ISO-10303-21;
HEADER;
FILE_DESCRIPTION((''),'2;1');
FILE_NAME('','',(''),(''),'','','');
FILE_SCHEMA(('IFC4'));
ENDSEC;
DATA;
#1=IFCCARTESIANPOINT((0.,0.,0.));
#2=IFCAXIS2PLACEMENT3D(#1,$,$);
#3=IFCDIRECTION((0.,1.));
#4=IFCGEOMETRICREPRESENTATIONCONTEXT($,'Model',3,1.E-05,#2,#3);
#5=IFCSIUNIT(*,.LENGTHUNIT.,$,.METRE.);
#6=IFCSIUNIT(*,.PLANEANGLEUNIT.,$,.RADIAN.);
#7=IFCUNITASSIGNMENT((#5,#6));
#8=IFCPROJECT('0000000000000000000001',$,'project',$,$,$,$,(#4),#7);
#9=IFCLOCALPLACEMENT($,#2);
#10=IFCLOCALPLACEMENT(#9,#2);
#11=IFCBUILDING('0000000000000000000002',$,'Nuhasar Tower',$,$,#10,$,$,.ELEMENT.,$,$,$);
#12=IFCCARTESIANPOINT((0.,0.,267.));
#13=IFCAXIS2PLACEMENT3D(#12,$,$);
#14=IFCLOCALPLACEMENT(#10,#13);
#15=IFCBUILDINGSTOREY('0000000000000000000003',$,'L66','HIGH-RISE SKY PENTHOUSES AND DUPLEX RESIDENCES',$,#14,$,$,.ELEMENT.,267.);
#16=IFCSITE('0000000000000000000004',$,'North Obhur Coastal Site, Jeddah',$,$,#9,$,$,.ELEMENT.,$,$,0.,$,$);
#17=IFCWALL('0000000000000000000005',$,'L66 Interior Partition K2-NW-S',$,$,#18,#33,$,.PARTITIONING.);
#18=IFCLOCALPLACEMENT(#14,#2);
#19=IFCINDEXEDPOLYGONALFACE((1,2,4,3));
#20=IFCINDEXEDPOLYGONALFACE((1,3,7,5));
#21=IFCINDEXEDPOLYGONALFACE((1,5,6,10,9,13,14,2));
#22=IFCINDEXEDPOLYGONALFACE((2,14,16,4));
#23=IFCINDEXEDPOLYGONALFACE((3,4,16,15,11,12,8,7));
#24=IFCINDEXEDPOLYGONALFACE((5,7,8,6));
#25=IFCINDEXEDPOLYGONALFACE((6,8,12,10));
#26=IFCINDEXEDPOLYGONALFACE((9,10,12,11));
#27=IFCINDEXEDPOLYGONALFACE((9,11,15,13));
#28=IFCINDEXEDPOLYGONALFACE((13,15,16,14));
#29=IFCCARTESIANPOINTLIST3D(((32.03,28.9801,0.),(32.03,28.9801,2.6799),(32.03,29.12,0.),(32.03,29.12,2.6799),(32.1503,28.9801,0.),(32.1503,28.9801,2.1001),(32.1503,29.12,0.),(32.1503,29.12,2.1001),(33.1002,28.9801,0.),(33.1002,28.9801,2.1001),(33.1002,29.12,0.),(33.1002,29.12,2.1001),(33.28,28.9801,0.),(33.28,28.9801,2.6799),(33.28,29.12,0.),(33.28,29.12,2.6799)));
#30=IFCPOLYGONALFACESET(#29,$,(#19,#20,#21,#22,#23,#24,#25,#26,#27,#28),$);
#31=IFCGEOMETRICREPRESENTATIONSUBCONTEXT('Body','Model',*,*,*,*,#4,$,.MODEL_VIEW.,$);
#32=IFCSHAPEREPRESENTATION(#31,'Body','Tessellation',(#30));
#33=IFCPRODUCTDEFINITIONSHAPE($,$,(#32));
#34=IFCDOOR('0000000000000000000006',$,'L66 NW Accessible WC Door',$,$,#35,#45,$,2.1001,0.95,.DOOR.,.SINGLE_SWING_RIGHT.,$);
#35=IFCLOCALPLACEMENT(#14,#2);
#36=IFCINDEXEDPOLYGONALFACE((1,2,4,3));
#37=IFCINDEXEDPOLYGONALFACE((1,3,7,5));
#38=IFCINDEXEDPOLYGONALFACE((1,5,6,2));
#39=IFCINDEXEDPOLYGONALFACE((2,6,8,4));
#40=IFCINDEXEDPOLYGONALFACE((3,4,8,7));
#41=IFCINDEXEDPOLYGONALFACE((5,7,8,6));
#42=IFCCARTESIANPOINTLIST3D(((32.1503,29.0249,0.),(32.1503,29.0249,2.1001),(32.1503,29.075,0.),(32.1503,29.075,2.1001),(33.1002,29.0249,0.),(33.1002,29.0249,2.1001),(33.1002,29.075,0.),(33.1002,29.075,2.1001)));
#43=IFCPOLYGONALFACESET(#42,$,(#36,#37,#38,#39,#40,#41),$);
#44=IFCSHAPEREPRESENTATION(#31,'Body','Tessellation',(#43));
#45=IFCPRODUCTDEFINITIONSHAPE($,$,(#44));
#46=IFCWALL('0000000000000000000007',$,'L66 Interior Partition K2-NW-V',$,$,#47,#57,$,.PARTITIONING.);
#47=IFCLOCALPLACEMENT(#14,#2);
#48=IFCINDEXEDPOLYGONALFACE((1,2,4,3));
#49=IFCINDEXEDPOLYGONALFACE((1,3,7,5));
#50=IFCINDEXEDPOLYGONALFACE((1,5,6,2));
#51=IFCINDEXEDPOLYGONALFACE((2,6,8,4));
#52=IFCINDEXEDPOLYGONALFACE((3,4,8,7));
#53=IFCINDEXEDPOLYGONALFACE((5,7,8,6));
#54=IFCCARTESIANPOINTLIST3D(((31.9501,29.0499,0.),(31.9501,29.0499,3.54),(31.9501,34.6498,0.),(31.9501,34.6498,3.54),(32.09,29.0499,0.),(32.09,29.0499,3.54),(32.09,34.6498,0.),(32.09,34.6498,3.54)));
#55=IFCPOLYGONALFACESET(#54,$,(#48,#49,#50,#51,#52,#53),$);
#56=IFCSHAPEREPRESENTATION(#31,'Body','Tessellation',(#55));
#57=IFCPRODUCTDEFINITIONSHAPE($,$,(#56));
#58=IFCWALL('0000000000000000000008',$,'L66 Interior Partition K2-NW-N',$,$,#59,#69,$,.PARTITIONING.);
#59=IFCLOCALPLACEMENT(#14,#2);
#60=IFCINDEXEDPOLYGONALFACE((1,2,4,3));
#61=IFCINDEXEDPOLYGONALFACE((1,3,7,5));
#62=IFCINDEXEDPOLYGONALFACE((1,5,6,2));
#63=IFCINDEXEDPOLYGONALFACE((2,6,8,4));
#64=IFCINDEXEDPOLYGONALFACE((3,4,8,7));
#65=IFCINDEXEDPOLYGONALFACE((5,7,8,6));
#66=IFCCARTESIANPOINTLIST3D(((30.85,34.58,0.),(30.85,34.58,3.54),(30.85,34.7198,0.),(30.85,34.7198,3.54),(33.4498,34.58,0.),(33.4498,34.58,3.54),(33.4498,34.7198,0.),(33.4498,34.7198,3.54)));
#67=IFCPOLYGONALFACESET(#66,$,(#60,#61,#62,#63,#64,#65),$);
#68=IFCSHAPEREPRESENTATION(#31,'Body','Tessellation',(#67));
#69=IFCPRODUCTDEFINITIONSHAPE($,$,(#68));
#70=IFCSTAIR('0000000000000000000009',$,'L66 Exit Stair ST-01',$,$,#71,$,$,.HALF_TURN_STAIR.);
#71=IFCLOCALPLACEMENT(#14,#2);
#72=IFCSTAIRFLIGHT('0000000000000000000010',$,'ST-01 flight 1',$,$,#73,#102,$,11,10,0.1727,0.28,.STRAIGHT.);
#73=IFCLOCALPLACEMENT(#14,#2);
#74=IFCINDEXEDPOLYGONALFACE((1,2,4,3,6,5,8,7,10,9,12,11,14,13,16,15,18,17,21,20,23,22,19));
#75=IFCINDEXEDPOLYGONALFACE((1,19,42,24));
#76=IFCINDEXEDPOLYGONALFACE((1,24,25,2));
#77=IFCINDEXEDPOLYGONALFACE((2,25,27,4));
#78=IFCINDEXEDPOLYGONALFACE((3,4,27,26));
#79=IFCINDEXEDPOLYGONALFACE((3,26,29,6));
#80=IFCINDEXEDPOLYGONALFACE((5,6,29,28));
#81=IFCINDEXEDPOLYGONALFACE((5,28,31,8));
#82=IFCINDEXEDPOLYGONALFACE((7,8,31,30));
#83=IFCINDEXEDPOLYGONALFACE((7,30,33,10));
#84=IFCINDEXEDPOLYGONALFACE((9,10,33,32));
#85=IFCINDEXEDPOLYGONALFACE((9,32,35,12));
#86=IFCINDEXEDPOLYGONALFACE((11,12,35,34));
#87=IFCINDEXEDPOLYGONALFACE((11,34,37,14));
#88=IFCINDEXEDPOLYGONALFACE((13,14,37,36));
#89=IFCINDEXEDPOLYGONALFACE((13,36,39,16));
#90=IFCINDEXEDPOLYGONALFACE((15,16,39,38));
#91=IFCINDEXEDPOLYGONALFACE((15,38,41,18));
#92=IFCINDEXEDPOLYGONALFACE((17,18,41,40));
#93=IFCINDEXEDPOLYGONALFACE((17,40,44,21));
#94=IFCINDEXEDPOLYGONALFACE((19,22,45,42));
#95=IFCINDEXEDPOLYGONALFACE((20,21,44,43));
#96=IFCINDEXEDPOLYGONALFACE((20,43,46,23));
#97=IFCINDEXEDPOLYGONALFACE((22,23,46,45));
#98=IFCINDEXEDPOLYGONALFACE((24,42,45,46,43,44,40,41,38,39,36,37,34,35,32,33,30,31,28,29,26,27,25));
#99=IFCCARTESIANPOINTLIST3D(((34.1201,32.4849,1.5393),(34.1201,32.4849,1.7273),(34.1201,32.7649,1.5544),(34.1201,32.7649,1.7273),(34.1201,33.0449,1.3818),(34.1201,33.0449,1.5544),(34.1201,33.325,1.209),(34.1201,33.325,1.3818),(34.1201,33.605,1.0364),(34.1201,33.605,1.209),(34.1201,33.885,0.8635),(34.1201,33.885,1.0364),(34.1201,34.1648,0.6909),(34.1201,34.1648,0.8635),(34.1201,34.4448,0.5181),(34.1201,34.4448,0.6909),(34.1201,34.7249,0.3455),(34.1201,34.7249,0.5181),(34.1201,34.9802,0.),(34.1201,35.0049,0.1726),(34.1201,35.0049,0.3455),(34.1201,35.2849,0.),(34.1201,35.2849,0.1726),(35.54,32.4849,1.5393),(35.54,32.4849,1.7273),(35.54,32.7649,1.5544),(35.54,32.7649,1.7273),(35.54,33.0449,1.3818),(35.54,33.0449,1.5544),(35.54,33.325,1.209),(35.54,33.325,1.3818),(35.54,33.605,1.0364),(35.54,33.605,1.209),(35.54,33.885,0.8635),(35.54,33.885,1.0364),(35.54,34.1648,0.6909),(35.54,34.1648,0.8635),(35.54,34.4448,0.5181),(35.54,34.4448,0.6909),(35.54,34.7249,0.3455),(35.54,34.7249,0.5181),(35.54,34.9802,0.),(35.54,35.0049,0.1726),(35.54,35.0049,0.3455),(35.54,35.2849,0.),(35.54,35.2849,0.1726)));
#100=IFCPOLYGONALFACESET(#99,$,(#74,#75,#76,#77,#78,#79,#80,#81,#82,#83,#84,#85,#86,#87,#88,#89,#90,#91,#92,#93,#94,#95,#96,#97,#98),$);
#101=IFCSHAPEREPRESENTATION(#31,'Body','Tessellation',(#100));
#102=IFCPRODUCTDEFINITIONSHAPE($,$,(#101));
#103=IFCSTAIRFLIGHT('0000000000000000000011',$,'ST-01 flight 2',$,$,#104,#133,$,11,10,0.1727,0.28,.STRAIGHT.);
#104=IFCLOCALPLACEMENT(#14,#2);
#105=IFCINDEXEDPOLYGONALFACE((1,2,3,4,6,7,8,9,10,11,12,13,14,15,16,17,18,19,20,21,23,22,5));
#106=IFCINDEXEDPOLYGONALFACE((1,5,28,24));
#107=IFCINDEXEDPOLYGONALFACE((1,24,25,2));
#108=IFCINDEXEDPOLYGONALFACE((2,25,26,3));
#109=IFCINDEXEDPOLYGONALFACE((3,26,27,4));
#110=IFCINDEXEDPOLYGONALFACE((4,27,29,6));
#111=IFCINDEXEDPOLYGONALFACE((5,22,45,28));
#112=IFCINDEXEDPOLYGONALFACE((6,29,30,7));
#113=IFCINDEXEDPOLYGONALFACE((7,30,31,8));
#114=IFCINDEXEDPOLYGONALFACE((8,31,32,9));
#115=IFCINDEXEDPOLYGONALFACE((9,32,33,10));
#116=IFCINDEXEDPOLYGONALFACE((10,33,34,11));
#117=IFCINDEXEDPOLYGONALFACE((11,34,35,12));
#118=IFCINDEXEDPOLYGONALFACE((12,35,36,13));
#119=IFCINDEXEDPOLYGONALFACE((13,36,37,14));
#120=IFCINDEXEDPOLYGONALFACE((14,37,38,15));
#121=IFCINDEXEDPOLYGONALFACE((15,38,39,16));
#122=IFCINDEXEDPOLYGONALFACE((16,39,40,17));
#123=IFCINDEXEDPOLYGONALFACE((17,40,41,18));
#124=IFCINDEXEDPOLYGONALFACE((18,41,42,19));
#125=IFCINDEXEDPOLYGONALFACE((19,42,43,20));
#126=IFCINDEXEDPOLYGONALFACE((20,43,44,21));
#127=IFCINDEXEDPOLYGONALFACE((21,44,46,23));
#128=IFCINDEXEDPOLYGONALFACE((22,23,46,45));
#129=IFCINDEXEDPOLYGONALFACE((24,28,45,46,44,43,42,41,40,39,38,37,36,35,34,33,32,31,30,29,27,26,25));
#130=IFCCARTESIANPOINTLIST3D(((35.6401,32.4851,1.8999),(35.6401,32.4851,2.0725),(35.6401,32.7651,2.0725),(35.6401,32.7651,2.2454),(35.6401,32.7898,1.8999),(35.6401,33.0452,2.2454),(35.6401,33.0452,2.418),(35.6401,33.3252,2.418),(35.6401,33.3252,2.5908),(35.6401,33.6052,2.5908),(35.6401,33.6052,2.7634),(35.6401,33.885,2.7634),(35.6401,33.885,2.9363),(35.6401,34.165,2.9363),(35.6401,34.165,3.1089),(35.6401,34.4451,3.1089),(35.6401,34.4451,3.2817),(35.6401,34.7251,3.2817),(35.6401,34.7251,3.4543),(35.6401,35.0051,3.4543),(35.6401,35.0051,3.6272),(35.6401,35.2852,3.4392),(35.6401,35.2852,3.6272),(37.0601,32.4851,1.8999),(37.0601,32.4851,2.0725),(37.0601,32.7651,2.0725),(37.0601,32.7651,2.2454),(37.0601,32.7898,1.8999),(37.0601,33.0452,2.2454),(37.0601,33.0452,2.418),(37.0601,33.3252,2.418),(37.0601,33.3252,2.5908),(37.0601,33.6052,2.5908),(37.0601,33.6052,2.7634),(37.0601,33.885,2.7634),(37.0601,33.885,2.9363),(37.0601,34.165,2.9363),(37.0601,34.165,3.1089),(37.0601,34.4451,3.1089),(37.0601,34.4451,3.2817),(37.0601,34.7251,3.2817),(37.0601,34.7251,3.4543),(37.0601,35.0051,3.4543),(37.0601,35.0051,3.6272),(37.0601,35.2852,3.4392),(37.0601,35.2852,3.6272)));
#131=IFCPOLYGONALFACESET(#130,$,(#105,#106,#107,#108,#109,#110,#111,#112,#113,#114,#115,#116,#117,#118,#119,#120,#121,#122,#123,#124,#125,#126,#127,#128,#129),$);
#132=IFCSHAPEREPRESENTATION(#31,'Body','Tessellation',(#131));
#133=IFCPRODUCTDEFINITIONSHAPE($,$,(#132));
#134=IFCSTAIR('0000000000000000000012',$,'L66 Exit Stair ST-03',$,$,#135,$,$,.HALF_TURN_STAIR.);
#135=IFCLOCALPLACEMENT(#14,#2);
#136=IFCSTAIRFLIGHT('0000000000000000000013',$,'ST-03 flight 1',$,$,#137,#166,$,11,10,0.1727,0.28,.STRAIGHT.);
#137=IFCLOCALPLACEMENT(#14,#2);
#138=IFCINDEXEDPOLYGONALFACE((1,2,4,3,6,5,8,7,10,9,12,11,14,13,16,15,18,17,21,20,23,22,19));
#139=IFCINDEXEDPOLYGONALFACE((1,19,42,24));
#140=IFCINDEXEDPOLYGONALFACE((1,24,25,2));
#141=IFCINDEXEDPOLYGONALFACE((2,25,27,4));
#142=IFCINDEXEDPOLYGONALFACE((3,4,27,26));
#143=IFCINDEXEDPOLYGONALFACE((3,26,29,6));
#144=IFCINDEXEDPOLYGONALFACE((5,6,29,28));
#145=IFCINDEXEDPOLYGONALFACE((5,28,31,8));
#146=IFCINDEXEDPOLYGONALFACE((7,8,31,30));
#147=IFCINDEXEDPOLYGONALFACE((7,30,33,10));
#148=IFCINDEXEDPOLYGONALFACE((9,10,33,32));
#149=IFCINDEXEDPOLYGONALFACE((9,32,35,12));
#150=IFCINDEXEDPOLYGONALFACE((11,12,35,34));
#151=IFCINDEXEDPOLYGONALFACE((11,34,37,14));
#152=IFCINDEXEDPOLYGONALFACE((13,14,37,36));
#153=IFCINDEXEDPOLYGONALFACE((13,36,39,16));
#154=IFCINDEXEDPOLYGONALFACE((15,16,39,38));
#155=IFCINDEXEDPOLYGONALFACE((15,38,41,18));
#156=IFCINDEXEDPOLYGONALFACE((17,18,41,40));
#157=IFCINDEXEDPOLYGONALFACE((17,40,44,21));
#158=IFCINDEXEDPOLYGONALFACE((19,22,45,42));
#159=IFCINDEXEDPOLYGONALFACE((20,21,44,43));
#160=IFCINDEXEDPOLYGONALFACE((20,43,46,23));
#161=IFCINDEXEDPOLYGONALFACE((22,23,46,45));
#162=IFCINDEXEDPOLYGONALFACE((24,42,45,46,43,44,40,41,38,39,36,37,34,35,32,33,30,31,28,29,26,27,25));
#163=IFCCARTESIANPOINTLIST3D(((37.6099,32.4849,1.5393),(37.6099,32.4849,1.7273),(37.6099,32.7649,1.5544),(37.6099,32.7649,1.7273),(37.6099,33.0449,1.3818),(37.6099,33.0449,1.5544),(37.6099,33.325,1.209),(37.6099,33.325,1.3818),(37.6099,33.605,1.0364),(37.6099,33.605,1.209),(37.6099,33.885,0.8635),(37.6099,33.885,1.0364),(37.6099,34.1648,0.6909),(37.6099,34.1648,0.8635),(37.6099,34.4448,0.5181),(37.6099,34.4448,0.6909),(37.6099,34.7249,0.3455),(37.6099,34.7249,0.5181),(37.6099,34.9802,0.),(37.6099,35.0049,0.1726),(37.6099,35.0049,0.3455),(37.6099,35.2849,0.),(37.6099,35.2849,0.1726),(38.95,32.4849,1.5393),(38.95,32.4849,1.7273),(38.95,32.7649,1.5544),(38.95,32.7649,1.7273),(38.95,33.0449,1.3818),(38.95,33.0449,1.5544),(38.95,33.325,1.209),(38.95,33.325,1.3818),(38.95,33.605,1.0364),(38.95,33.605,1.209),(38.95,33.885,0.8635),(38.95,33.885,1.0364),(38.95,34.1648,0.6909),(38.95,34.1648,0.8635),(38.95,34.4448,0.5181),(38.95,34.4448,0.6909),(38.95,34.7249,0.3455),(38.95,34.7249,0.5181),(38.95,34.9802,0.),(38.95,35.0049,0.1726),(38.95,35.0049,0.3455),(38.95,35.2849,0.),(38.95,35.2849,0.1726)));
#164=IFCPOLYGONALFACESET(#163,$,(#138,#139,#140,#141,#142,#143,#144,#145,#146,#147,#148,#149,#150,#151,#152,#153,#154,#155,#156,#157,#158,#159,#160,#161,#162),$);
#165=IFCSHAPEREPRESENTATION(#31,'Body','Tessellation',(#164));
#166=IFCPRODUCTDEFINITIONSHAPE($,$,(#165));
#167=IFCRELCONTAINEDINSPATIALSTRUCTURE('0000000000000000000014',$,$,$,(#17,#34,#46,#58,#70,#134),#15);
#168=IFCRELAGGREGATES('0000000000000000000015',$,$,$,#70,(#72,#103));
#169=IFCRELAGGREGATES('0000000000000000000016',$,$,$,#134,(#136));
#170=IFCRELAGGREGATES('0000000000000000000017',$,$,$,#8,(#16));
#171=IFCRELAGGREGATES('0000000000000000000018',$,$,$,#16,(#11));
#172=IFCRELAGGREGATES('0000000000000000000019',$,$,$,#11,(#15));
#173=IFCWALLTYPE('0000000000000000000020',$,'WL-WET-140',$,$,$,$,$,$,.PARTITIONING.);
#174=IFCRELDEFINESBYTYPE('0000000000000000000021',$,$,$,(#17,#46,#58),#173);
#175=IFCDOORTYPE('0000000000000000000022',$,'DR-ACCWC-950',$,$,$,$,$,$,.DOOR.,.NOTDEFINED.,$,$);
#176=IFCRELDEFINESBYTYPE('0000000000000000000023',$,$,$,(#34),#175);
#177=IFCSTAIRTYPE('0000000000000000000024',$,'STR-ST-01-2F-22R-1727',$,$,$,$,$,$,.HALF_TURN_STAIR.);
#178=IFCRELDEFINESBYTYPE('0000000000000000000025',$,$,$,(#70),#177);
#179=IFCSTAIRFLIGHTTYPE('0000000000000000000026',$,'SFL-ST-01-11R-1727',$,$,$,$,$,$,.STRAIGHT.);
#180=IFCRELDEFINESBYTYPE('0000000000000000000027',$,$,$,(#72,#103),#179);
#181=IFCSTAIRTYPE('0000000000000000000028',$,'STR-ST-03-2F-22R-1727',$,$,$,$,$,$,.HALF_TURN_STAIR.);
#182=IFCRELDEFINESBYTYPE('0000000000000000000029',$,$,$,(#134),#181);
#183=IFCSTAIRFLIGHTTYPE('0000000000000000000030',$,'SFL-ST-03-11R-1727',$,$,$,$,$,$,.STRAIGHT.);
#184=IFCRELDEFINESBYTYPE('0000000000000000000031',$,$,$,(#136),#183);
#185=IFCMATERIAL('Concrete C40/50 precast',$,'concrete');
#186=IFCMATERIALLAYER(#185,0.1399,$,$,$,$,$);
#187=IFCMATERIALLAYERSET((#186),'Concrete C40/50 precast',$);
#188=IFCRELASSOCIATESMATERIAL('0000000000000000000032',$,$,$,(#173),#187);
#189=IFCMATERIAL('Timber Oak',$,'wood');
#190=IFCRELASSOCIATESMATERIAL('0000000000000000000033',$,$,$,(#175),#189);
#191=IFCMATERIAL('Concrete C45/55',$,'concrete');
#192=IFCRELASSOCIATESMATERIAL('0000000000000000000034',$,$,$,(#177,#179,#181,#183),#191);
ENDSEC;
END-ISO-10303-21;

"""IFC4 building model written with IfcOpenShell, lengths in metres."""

from ifc_helpers import new_model, si_unit, direction, frame, frame_2d, origin, place, context, subcontext, project, spatial, polyline, rectangle, outline, extrude, material, layer, layer_set, type_object, element, fill, aggregate, save


model = new_model("IFC4")

# Units and contexts
model_context = context("Model", 3, precision=1e-05, world=origin(), true_north=direction((0.0, 1.0)))
body_context = subcontext(model_context, "Body", "Model", "MODEL_VIEW")
ifc_project = project(units=[si_unit("LENGTHUNIT", "METRE"), si_unit("PLANEANGLEUNIT", "RADIAN")], contexts=[model_context])

# Site, building, storey
site_placement = place(None, origin())
site = spatial("IfcSite", under=ifc_project, at=site_placement, Name="North Obhur Coastal Site, Jeddah", CompositionType="ELEMENT", RefElevation=0.0)
building_placement = place(site_placement, origin())
building = spatial("IfcBuilding", under=site, at=building_placement, Name="Nuhasar Tower", CompositionType="ELEMENT")
storey_placement = place(building_placement, frame((0.0, 0.0, 267.0)))
storey = spatial("IfcBuildingStorey", under=building, at=storey_placement, Name="L66", Description="HIGH-RISE SKY PENTHOUSES AND DUPLEX RESIDENCES", CompositionType="ELEMENT", Elevation=267.0)

# Shared definitions
ifc_material_1 = material(Name="Concrete C40/50 precast", Category="concrete")
ifc_layer_1 = layer(ifc_material_1, 0.1399)
ifc_layer_set_1 = layer_set([ifc_layer_1], Name="Concrete C40/50 precast")
wall_type_1 = type_object("IfcWallType", Name="WL-WET-140", PredefinedType="PARTITIONING", material=ifc_layer_set_1)

# Wall, opening, door
wall_1_placement = place(storey_placement, frame((32.03, 29.05, 0.0), z_axis=(0.0, 0.0, 1.0), x_axis=(1.0, 0.0, 0.0)))
wall_1 = element("IfcWall", 1, at=wall_1_placement, inside=storey, type_object=wall_type_1, Name="L66 Interior Partition K2-NW-S", PredefinedType="PARTITIONING", context=body_context, shape_type="SweptSolid", body=[
    extrude(rectangle(XDim=1.25, YDim=0.1399, at=frame_2d((0.625, 0.0))), origin(), (0.0, 0.0, 1.0), 2.6799),
])
opening_placement = place(wall_1_placement, frame((0.1201, 0.0, 0.0)))
opening = element("IfcOpeningElement", 2, at=opening_placement, cuts=wall_1, PredefinedType="OPENING", context=body_context, shape_type="SweptSolid", body=[
    extrude(rectangle(XDim=0.95, YDim=2.1001, at=frame_2d((0.4751, 1.05))), frame((0.0, 0.0801, 0.0), z_axis=(0.0, -1.0, 0.0), x_axis=(1.0, 0.0, 0.0)), (0.0, 0.0, 1.0), 0.1599),
])
ifc_material_2 = material(Name="Timber Oak", Category="wood")
door_type = type_object("IfcDoorType", Name="DR-ACCWC-950", OperationType="NOTDEFINED", PredefinedType="DOOR", material=ifc_material_2)
door_placement = place(opening_placement, origin())
door = element("IfcDoor", 3, at=door_placement, inside=storey, type_object=door_type, Name="L66 NW Accessible WC Door", OperationType="SINGLE_SWING_RIGHT", OverallHeight=2.1001, OverallWidth=0.95, PredefinedType="DOOR", context=body_context, shape_type="SweptSolid", body=[
    extrude(rectangle(XDim=0.95, YDim=2.1001, at=frame_2d((0.4751, 1.05))), frame((0.0, 0.0249, 0.0), z_axis=(0.0, -1.0, 0.0), x_axis=(1.0, 0.0, 0.0)), (0.0, 0.0, 1.0), 0.05),
])
fill(opening, door)

# Walls
wall_2_placement = place(storey_placement, frame((32.02, 29.05, 0.0), z_axis=(0.0, 0.0, 1.0), x_axis=(0.0, 1.0, 0.0)))
element("IfcWall", 4, at=wall_2_placement, inside=storey, type_object=wall_type_1, Name="L66 Interior Partition K2-NW-V", PredefinedType="PARTITIONING", context=body_context, shape_type="SweptSolid", body=[
    extrude(rectangle(XDim=5.5999, YDim=0.1399, at=frame_2d((2.7998, 0.0))), origin(), (0.0, 0.0, 1.0), 3.54),
])
wall_3_placement = place(storey_placement, frame((30.8501, 34.6499, 0.0), z_axis=(0.0, 0.0, 1.0), x_axis=(1.0, 0.0, 0.0)))
element("IfcWall", 5, at=wall_3_placement, inside=storey, type_object=wall_type_1, Name="L66 Interior Partition K2-NW-N", PredefinedType="PARTITIONING", context=body_context, shape_type="SweptSolid", body=[
    extrude(rectangle(XDim=2.5999, YDim=0.1399, at=frame_2d((1.2998, 0.0))), origin(), (0.0, 0.0, 1.0), 3.54),
])

# Stair, stair flights
ifc_material_3 = material(Name="Concrete C45/55", Category="concrete")
stair_type_1 = type_object("IfcStairType", Name="STR-ST-01-2F-22R-1727", PredefinedType="HALF_TURN_STAIR", material=ifc_material_3)
stair_1_placement = place(storey_placement, origin())
stair_1 = element("IfcStair", 6, at=stair_1_placement, inside=storey, type_object=stair_type_1, Name="L66 Exit Stair ST-01", PredefinedType="HALF_TURN_STAIR")
stair_flight_type_1 = type_object("IfcStairFlightType", Name="SFL-ST-01-11R-1727", PredefinedType="STRAIGHT", material=ifc_material_3)
stair_flight_1_placement = place(storey_placement, frame((34.8301, 35.2849, 0.0), z_axis=(0.0, 0.0, 1.0), x_axis=(0.0, -1.0, 0.0)))
stair_flight_1 = element("IfcStairFlight", 7, at=stair_flight_1_placement, type_object=stair_flight_type_1, Name="ST-01 flight 1", NumberOfRisers=11, NumberOfTreads=10, PredefinedType="STRAIGHT", RiserHeight=0.1727, TreadLength=0.28, context=body_context, shape_type="SweptSolid", body=[
    extrude(outline(polyline([(0.0, 0.0), (0.0, 0.1726), (0.28, 0.1726), (0.28, 0.3455), (0.5601, 0.3455), (0.5601, 0.5181), (0.8401, 0.5181), (0.8401, 0.6909), (1.1201, 0.6909), (1.1201, 0.8635), (1.3999, 0.8635), (1.3999, 1.0364), (1.6799, 1.0364), (1.6799, 1.209), (1.96, 1.209), (1.96, 1.3818), (2.24, 1.3818), (2.24, 1.5544), (2.52, 1.5544), (2.52, 1.7273), (2.8, 1.7273), (2.8, 1.8999), (2.8, 1.5393), (0.3047, 0.0), (0.0, 0.0)])), frame((0.0, 0.71, 0.0), z_axis=(0.0, -1.0, 0.0), x_axis=(1.0, 0.0, 0.0)), (0.0, 0.0, 1.0), 1.4199),
])
stair_flight_2_placement = place(storey_placement, frame((36.3501, 32.4851, 1.8999), z_axis=(0.0, 0.0, 1.0), x_axis=(0.0, 1.0, 0.0)))
stair_flight_2 = element("IfcStairFlight", 8, at=stair_flight_2_placement, type_object=stair_flight_type_1, Name="ST-01 flight 2", NumberOfRisers=11, NumberOfTreads=10, PredefinedType="STRAIGHT", RiserHeight=0.1727, TreadLength=0.28, context=body_context, shape_type="SweptSolid", body=[
    extrude(outline(polyline([(0.0, 0.0), (0.0, 0.1726), (0.28, 0.1726), (0.28, 0.3455), (0.5601, 0.3455), (0.5601, 0.5181), (0.8401, 0.5181), (0.8401, 0.6909), (1.1201, 0.6909), (1.1201, 0.8635), (1.3999, 0.8635), (1.3999, 1.0364), (1.6799, 1.0364), (1.6799, 1.209), (1.96, 1.209), (1.96, 1.3818), (2.24, 1.3818), (2.24, 1.5544), (2.52, 1.5544), (2.52, 1.7273), (2.8, 1.7273), (2.8, 1.8999), (2.8, 1.5393), (0.3047, 0.0), (0.0, 0.0)])), frame((0.0, 0.71, 0.0), z_axis=(0.0, -1.0, 0.0), x_axis=(1.0, 0.0, 0.0)), (0.0, 0.0, 1.0), 1.4199),
])
aggregate(stair_1, [stair_flight_1, stair_flight_2])

# Stair, stair flight
stair_type_2 = type_object("IfcStairType", Name="STR-ST-03-2F-22R-1727", PredefinedType="HALF_TURN_STAIR", material=ifc_material_3)
stair_2_placement = place(storey_placement, origin())
stair_2 = element("IfcStair", 9, at=stair_2_placement, inside=storey, type_object=stair_type_2, Name="L66 Exit Stair ST-03", PredefinedType="HALF_TURN_STAIR")
stair_flight_type_2 = type_object("IfcStairFlightType", Name="SFL-ST-03-11R-1727", PredefinedType="STRAIGHT", material=ifc_material_3)
stair_flight_3_placement = place(storey_placement, frame((38.28, 35.2849, 0.0), z_axis=(0.0, 0.0, 1.0), x_axis=(0.0, -1.0, 0.0)))
stair_flight_3 = element("IfcStairFlight", 10, at=stair_flight_3_placement, type_object=stair_flight_type_2, Name="ST-03 flight 1", NumberOfRisers=11, NumberOfTreads=10, PredefinedType="STRAIGHT", RiserHeight=0.1727, TreadLength=0.28, context=body_context, shape_type="SweptSolid", body=[
    extrude(outline(polyline([(0.0, 0.0), (0.0, 0.1726), (0.28, 0.1726), (0.28, 0.3455), (0.5601, 0.3455), (0.5601, 0.5181), (0.8401, 0.5181), (0.8401, 0.6909), (1.1201, 0.6909), (1.1201, 0.8635), (1.3999, 0.8635), (1.3999, 1.0364), (1.6799, 1.0364), (1.6799, 1.209), (1.96, 1.209), (1.96, 1.3818), (2.24, 1.3818), (2.24, 1.5544), (2.52, 1.5544), (2.52, 1.7273), (2.8, 1.7273), (2.8, 1.8999), (2.8, 1.5393), (0.3047, 0.0), (0.0, 0.0)])), frame((0.0, 0.6699, 0.0), z_axis=(0.0, -1.0, 0.0), x_axis=(1.0, 0.0, 0.0)), (0.0, 0.0, 1.0), 1.3401),
])
aggregate(stair_2, [stair_flight_3])

save(model, "model.ifc")
